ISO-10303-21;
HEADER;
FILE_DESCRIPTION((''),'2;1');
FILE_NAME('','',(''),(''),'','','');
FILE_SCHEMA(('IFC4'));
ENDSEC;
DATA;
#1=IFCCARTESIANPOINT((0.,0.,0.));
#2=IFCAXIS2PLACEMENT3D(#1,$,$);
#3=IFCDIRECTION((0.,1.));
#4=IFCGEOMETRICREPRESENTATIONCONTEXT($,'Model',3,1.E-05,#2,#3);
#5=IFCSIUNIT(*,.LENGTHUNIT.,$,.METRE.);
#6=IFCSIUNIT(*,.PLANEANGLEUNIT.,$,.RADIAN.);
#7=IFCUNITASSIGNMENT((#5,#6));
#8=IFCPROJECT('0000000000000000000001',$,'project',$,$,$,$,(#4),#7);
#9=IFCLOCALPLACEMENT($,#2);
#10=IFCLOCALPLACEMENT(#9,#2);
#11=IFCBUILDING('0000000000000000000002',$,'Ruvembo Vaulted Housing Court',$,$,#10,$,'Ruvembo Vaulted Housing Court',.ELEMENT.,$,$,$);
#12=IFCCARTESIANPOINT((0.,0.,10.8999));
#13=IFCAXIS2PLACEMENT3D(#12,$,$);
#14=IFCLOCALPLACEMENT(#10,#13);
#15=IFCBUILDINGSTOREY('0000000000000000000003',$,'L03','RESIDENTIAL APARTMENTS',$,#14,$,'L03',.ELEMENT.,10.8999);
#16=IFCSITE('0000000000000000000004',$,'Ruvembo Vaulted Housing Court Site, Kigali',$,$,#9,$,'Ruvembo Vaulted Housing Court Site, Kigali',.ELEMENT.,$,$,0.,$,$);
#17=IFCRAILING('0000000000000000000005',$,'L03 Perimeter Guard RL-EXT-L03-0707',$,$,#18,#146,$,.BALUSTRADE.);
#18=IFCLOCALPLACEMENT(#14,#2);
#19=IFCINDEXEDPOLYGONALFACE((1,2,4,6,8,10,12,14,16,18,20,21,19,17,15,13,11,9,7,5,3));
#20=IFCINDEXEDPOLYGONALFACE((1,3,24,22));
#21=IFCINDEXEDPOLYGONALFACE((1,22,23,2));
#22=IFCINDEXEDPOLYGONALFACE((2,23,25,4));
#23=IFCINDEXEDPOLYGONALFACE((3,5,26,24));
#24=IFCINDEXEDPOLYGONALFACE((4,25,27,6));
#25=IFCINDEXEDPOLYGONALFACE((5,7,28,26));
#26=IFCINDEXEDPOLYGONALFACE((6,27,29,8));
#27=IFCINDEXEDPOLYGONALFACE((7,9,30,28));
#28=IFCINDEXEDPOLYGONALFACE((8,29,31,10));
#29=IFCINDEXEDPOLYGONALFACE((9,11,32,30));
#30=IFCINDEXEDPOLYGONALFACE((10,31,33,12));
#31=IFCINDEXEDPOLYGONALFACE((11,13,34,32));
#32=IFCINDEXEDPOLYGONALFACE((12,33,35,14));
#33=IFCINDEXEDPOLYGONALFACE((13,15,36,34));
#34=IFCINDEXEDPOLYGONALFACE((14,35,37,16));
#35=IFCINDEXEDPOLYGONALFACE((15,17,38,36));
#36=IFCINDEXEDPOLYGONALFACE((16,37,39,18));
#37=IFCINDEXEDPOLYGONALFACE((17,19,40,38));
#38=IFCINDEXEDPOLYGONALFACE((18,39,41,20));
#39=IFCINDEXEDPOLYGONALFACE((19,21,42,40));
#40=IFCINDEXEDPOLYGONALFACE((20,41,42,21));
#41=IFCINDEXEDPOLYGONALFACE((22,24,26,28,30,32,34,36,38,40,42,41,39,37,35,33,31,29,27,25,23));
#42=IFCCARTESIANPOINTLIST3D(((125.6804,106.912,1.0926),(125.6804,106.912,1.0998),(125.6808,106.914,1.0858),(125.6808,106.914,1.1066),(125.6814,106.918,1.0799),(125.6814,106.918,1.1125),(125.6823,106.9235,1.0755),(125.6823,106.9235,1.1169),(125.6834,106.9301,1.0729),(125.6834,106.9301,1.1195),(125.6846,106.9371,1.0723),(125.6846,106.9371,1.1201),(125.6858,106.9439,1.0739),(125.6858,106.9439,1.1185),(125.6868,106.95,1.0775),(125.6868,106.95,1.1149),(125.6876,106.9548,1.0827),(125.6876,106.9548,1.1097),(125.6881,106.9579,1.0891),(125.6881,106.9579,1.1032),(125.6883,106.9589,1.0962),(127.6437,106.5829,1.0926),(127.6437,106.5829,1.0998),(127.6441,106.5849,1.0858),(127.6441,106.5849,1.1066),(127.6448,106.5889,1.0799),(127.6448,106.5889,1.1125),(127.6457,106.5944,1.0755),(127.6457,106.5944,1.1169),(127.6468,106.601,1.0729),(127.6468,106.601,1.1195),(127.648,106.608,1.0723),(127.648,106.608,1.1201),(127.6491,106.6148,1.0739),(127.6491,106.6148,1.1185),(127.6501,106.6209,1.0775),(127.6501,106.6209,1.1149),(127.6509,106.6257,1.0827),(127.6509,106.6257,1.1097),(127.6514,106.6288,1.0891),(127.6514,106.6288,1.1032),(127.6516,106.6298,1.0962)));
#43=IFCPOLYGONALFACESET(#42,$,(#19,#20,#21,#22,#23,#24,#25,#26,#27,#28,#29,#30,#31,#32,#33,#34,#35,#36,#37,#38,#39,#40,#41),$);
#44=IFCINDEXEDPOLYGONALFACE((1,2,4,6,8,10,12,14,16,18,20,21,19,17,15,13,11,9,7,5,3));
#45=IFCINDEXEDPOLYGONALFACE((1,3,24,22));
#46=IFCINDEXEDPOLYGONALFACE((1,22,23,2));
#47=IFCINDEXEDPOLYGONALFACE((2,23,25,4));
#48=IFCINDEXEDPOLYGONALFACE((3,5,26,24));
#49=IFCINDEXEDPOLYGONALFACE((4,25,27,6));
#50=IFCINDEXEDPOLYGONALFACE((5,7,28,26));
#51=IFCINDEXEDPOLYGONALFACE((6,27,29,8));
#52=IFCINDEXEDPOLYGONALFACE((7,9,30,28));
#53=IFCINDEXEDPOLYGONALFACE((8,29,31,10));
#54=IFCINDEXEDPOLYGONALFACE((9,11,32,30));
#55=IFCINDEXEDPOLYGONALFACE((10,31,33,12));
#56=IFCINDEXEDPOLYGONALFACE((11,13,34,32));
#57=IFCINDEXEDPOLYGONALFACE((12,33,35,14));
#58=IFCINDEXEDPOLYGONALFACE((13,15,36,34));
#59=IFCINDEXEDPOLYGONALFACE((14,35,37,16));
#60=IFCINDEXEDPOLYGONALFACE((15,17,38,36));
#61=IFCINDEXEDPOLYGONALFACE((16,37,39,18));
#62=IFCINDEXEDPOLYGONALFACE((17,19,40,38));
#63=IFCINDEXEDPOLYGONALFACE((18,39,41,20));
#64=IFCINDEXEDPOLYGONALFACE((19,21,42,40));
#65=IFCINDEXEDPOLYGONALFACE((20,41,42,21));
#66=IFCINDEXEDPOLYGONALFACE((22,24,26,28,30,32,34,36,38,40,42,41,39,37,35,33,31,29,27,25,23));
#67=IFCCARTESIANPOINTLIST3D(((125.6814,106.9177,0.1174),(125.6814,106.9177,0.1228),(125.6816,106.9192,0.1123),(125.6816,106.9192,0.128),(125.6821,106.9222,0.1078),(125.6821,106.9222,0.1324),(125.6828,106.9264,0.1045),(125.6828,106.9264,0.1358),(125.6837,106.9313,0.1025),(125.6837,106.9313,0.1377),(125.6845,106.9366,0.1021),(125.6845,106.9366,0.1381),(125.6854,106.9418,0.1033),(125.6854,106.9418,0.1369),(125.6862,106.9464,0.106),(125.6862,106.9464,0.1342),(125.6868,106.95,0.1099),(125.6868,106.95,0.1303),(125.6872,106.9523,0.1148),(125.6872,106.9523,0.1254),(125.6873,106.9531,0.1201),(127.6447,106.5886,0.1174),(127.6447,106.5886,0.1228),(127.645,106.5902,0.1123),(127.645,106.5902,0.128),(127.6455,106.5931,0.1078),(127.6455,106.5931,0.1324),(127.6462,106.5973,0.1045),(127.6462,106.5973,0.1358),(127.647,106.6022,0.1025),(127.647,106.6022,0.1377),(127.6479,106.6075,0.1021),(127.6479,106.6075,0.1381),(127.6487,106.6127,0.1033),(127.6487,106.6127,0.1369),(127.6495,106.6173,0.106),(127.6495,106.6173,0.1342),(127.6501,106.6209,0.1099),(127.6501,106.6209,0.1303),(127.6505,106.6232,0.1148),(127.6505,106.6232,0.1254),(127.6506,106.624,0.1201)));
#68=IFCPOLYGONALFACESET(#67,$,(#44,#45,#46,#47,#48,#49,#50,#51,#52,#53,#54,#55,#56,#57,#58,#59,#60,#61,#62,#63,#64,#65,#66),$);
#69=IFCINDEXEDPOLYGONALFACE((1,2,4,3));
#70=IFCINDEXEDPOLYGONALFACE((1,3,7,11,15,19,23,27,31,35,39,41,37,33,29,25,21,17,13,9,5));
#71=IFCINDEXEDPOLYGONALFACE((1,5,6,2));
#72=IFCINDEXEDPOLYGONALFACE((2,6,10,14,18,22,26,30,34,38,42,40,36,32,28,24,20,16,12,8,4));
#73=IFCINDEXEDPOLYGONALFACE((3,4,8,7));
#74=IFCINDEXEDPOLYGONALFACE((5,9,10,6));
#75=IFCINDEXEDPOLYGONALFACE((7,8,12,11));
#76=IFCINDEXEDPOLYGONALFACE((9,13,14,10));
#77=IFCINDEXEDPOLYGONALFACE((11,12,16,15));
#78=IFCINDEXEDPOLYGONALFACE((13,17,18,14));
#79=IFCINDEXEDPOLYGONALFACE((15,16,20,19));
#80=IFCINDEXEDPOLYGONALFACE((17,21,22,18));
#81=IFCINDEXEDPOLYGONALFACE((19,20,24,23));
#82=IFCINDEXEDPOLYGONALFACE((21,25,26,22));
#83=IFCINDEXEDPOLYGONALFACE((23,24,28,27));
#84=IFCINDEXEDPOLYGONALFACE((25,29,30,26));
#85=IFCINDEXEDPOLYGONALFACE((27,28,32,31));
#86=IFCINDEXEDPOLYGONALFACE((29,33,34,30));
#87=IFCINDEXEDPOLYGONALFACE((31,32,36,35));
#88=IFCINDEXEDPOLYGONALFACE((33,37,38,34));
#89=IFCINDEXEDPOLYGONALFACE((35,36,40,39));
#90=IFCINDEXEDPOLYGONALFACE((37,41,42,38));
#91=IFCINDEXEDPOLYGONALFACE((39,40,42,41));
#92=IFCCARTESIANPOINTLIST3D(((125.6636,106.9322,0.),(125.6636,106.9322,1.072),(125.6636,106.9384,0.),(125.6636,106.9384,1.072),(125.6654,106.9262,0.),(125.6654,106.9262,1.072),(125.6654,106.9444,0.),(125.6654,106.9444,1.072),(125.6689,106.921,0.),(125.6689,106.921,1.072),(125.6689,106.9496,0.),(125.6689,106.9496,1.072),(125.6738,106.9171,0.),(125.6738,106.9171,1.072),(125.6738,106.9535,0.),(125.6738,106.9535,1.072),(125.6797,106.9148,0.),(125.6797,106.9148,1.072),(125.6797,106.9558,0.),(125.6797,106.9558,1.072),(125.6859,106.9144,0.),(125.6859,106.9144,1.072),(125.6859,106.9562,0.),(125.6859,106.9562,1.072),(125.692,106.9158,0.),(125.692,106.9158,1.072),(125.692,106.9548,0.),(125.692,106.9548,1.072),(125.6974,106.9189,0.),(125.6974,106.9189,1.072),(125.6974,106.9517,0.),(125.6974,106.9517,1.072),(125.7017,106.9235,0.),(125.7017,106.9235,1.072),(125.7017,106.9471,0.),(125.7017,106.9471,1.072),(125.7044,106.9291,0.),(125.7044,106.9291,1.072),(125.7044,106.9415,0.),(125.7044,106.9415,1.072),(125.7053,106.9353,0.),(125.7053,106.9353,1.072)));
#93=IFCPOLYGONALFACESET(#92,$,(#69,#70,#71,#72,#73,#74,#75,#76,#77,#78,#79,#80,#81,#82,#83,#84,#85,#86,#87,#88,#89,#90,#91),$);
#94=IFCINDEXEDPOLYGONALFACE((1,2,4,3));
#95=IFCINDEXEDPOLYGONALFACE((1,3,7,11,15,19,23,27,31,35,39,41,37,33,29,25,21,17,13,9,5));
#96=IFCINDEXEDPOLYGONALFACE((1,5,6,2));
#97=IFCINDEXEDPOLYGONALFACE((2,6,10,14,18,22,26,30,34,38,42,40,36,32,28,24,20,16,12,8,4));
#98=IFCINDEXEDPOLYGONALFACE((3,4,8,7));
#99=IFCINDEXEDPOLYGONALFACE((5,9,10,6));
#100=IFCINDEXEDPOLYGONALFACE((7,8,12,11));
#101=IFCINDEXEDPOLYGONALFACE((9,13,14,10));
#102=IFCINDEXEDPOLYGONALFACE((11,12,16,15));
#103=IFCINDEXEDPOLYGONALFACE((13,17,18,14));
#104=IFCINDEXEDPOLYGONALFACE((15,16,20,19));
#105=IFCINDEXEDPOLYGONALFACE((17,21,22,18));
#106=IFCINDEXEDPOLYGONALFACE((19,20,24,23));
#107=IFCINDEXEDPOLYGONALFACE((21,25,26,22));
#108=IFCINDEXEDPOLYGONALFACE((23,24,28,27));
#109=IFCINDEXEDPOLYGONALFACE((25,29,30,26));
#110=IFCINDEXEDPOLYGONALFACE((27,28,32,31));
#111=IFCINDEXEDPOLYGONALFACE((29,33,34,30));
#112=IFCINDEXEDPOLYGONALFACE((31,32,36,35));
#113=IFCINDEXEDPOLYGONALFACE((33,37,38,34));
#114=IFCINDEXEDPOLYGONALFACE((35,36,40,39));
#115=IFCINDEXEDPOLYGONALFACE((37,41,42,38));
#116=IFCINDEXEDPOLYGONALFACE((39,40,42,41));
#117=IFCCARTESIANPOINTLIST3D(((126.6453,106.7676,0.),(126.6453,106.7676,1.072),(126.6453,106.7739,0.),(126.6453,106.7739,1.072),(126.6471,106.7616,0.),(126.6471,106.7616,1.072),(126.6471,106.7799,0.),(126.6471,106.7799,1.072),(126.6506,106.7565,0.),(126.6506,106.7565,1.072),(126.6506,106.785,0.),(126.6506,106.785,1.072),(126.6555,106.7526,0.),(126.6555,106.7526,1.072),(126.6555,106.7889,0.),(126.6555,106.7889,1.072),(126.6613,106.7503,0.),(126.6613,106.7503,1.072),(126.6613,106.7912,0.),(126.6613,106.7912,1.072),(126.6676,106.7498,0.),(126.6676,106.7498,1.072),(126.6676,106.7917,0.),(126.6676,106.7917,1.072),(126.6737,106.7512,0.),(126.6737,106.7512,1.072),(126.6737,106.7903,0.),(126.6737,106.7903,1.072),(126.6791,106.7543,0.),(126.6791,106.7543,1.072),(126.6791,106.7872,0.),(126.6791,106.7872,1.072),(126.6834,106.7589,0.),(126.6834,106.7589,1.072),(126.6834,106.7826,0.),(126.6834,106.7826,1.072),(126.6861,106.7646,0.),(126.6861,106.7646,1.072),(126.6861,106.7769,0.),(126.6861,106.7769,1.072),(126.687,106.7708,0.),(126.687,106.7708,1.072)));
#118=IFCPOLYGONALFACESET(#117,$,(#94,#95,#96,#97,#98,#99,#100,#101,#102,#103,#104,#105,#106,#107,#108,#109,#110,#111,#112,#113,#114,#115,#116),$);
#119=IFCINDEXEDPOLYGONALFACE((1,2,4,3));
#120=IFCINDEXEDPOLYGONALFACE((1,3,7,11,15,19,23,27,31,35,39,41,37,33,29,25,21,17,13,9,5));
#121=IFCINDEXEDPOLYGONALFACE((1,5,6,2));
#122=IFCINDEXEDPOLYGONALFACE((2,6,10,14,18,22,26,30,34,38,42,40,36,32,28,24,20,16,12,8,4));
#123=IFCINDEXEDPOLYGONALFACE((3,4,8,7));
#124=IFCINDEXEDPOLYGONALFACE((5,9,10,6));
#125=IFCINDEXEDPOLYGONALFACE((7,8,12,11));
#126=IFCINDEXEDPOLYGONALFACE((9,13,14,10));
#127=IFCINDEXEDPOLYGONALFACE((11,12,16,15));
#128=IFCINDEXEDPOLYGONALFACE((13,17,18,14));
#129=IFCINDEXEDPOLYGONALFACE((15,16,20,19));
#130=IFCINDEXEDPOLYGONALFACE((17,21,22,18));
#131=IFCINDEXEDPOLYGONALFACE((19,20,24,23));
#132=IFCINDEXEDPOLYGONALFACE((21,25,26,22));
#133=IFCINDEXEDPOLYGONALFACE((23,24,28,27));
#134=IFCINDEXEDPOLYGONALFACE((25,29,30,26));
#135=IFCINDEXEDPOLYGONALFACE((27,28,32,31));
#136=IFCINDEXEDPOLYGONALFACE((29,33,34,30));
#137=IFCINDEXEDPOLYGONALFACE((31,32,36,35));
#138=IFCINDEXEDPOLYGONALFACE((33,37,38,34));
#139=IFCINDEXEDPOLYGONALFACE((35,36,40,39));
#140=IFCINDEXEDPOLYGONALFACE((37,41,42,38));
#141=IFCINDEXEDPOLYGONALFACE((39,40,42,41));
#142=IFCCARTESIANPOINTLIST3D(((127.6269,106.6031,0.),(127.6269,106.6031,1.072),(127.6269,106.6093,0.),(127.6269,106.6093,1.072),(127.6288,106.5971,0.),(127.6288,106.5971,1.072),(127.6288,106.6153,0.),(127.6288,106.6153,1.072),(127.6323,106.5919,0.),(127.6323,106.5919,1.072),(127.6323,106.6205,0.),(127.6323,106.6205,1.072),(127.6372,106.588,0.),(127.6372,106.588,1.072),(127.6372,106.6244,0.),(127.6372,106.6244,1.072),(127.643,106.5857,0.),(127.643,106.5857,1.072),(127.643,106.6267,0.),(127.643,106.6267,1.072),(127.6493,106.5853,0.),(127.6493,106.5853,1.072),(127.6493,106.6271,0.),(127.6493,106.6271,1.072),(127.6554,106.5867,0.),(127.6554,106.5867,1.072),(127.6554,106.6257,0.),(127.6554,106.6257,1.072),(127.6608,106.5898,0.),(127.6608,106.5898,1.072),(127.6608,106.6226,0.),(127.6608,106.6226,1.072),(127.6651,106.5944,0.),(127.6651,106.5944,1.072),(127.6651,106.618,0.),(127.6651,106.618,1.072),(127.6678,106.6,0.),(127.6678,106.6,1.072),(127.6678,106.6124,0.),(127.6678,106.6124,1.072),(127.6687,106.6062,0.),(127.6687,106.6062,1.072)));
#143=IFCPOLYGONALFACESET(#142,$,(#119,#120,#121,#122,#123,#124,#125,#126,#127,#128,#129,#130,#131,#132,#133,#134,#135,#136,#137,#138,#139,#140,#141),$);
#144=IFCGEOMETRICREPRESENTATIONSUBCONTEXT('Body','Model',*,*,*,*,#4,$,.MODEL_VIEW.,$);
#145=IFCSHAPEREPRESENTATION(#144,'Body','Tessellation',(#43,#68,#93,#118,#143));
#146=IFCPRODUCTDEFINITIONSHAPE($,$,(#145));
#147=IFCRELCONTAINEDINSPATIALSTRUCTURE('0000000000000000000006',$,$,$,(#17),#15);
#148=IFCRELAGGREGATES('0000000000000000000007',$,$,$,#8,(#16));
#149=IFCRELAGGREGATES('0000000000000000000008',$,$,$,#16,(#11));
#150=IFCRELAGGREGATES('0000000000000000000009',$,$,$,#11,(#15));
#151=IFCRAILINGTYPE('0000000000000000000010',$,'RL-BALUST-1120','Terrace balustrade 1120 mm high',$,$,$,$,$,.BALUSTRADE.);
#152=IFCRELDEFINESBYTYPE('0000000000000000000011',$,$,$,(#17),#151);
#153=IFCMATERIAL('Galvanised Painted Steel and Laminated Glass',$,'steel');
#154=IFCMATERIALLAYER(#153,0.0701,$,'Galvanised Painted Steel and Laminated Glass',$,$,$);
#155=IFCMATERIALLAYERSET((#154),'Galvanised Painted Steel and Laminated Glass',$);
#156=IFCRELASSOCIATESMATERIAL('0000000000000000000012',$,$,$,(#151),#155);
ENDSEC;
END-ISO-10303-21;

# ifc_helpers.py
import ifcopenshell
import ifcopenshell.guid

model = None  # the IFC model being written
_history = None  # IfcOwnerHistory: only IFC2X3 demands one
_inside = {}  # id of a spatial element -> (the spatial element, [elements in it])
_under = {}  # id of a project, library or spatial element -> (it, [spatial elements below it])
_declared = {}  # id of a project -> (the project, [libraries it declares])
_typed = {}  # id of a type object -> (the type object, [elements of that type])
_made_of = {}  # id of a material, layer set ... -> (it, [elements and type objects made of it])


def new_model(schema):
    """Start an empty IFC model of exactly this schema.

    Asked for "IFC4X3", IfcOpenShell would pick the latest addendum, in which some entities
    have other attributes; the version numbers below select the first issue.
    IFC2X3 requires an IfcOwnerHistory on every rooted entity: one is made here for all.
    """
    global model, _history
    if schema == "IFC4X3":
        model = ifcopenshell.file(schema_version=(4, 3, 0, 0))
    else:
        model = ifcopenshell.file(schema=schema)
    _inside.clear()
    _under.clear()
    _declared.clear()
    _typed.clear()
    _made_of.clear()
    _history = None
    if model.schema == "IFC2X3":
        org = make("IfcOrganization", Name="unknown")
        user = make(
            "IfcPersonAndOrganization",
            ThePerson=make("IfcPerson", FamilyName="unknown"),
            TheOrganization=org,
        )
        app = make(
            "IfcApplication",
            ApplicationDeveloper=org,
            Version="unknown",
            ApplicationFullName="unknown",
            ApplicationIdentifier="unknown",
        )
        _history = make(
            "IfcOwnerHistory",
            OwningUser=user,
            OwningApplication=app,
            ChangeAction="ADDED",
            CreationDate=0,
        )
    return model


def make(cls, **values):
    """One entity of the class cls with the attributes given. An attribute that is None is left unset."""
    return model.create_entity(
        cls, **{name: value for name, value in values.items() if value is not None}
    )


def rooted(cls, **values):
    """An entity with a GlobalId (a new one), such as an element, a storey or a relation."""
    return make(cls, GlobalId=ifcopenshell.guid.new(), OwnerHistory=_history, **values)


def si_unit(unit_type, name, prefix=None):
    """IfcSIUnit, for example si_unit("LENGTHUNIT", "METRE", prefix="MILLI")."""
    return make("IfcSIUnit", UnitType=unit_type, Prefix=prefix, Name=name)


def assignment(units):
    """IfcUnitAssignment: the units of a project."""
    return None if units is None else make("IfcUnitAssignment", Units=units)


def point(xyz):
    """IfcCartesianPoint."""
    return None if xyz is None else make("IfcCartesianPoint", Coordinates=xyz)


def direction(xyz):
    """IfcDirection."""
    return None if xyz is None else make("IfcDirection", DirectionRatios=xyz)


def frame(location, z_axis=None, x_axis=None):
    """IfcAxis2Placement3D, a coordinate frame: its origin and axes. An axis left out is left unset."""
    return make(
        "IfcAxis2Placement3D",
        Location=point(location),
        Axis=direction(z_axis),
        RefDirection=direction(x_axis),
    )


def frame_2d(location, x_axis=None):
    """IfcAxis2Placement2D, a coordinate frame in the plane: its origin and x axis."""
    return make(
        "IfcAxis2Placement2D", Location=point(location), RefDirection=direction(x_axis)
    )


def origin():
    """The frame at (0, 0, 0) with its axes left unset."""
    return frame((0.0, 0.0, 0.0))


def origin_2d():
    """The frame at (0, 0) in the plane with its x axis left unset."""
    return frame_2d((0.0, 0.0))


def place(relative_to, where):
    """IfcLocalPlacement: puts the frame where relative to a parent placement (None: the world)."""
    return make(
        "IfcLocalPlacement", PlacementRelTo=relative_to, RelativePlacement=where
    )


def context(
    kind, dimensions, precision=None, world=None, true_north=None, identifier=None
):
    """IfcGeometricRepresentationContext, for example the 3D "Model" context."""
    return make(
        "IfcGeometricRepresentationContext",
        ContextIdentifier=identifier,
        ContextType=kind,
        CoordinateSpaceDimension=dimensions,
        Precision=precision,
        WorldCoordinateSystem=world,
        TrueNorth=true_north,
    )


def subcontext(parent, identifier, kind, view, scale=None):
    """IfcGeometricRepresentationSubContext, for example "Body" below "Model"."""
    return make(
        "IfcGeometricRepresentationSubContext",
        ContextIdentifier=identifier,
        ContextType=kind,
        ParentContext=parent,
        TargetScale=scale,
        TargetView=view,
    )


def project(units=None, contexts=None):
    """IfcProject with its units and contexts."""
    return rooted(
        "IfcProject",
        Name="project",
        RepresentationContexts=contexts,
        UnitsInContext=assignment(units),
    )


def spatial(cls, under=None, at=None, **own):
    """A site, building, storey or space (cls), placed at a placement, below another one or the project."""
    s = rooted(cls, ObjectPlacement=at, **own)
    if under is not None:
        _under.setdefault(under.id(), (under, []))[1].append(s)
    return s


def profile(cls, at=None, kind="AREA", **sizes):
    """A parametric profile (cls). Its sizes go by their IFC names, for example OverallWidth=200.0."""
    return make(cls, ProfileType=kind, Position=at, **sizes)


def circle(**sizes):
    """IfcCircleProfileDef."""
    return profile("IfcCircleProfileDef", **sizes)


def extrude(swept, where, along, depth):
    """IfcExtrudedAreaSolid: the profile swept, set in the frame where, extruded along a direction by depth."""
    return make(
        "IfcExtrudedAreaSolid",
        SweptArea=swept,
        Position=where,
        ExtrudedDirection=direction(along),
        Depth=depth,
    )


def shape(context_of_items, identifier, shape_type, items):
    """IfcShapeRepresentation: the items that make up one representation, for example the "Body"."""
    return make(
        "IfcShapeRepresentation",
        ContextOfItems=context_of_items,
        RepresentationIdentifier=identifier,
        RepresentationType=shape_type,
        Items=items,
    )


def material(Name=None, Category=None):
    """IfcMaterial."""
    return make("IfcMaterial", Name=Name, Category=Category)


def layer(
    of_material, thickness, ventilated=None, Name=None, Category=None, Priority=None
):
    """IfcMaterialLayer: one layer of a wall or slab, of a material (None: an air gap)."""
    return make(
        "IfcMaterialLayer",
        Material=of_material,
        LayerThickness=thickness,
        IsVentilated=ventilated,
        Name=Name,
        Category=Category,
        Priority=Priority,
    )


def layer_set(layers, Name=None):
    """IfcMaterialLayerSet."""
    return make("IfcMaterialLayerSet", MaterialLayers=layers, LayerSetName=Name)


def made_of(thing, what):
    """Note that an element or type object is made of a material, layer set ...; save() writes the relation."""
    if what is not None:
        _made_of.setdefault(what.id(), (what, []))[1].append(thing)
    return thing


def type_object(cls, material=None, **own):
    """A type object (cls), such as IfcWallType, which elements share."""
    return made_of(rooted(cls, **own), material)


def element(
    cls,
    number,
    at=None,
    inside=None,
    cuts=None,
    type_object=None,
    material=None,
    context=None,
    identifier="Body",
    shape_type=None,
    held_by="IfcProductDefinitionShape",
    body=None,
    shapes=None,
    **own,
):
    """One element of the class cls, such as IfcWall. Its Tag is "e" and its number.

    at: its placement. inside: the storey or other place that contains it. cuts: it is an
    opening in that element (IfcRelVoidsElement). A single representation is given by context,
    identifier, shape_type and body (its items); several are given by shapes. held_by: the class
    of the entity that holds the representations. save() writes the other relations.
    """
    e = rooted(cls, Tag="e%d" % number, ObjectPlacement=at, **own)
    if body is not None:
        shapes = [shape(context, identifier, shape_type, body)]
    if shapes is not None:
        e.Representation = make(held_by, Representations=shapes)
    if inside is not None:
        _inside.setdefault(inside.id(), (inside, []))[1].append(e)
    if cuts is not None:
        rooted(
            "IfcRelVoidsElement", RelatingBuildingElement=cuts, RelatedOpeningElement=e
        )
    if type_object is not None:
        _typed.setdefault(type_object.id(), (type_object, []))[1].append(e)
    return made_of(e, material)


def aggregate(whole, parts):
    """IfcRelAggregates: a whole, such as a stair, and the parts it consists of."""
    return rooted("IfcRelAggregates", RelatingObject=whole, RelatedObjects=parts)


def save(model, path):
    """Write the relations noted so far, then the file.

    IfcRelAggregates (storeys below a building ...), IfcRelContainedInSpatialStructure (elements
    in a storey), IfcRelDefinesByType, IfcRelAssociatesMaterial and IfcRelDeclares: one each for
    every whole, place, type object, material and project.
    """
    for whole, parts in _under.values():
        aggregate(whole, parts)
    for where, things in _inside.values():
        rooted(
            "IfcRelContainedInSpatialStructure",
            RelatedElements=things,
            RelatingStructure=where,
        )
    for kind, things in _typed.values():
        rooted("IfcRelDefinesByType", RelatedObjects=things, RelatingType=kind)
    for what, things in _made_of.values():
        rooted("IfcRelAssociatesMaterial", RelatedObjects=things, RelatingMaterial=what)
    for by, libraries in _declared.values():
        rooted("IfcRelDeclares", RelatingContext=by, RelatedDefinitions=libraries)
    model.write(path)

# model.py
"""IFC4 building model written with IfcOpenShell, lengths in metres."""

from ifc_helpers import new_model, si_unit, direction, frame, origin, origin_2d, place, context, subcontext, project, spatial, circle, extrude, material, layer, layer_set, type_object, element, save


model = new_model("IFC4")

# Units and contexts
model_context = context("Model", 3, precision=1e-05, world=origin(), true_north=direction((0.0, 1.0)))
body_context = subcontext(model_context, "Body", "Model", "MODEL_VIEW")
ifc_project = project(units=[si_unit("LENGTHUNIT", "METRE"), si_unit("PLANEANGLEUNIT", "RADIAN")], contexts=[model_context])

# Site, building, storey
site_placement = place(None, origin())
site = spatial("IfcSite", under=ifc_project, at=site_placement, Name="Ruvembo Vaulted Housing Court Site, Kigali", LongName="Ruvembo Vaulted Housing Court Site, Kigali", CompositionType="ELEMENT", RefElevation=0.0)
building_placement = place(site_placement, origin())
building = spatial("IfcBuilding", under=site, at=building_placement, Name="Ruvembo Vaulted Housing Court", LongName="Ruvembo Vaulted Housing Court", CompositionType="ELEMENT")
storey_placement = place(building_placement, frame((0.0, 0.0, 10.8999)))
storey = spatial("IfcBuildingStorey", under=building, at=storey_placement, Name="L03", Description="RESIDENTIAL APARTMENTS", LongName="L03", CompositionType="ELEMENT", Elevation=10.8999)

# Railing
ifc_material_1 = material(Name="Galvanised Painted Steel and Laminated Glass", Category="steel")
ifc_layer_1 = layer(ifc_material_1, 0.0701, Name="Galvanised Painted Steel and Laminated Glass")
ifc_layer_set_1 = layer_set([ifc_layer_1], Name="Galvanised Painted Steel and Laminated Glass")
railing_type = type_object("IfcRailingType", Name="RL-BALUST-1120", Description="Terrace balustrade 1120 mm high", PredefinedType="BALUSTRADE", material=ifc_layer_set_1)
railing_1_placement = place(storey_placement, frame((125.6843, 106.9353, 0.0)))
element("IfcRailing", 1, at=railing_1_placement, inside=storey, type_object=railing_type, Name="L03 Perimeter Guard RL-EXT-L03-0707", PredefinedType="BALUSTRADE", context=body_context, shape_type="SweptSolid", body=[
    extrude(circle(Radius=0.0239, at=origin_2d()), frame((0.0, 0.0, 1.0962), z_axis=(0.986241, -0.165314, 0.0), x_axis=(0.165314, 0.986241, 0.0)), (0.0, 0.0, 1.0), 1.9907),
    extrude(circle(Radius=0.0181, at=origin_2d()), frame((0.0, 0.0, 0.1201), z_axis=(0.986241, -0.165314, 0.0), x_axis=(0.165314, 0.986241, 0.0)), (0.0, 0.0, 1.0), 1.9907),
    extrude(circle(Radius=0.021, at=origin_2d()), origin(), (0.0, 0.0, 1.0), 1.072),
    extrude(circle(Radius=0.021, at=origin_2d()), frame((0.9817, -0.1646, 0.0)), (0.0, 0.0, 1.0), 1.072),
    extrude(circle(Radius=0.021, at=origin_2d()), frame((1.9634, -0.3291, 0.0)), (0.0, 0.0, 1.0), 1.072),
])

save(model, "model.ifc")
